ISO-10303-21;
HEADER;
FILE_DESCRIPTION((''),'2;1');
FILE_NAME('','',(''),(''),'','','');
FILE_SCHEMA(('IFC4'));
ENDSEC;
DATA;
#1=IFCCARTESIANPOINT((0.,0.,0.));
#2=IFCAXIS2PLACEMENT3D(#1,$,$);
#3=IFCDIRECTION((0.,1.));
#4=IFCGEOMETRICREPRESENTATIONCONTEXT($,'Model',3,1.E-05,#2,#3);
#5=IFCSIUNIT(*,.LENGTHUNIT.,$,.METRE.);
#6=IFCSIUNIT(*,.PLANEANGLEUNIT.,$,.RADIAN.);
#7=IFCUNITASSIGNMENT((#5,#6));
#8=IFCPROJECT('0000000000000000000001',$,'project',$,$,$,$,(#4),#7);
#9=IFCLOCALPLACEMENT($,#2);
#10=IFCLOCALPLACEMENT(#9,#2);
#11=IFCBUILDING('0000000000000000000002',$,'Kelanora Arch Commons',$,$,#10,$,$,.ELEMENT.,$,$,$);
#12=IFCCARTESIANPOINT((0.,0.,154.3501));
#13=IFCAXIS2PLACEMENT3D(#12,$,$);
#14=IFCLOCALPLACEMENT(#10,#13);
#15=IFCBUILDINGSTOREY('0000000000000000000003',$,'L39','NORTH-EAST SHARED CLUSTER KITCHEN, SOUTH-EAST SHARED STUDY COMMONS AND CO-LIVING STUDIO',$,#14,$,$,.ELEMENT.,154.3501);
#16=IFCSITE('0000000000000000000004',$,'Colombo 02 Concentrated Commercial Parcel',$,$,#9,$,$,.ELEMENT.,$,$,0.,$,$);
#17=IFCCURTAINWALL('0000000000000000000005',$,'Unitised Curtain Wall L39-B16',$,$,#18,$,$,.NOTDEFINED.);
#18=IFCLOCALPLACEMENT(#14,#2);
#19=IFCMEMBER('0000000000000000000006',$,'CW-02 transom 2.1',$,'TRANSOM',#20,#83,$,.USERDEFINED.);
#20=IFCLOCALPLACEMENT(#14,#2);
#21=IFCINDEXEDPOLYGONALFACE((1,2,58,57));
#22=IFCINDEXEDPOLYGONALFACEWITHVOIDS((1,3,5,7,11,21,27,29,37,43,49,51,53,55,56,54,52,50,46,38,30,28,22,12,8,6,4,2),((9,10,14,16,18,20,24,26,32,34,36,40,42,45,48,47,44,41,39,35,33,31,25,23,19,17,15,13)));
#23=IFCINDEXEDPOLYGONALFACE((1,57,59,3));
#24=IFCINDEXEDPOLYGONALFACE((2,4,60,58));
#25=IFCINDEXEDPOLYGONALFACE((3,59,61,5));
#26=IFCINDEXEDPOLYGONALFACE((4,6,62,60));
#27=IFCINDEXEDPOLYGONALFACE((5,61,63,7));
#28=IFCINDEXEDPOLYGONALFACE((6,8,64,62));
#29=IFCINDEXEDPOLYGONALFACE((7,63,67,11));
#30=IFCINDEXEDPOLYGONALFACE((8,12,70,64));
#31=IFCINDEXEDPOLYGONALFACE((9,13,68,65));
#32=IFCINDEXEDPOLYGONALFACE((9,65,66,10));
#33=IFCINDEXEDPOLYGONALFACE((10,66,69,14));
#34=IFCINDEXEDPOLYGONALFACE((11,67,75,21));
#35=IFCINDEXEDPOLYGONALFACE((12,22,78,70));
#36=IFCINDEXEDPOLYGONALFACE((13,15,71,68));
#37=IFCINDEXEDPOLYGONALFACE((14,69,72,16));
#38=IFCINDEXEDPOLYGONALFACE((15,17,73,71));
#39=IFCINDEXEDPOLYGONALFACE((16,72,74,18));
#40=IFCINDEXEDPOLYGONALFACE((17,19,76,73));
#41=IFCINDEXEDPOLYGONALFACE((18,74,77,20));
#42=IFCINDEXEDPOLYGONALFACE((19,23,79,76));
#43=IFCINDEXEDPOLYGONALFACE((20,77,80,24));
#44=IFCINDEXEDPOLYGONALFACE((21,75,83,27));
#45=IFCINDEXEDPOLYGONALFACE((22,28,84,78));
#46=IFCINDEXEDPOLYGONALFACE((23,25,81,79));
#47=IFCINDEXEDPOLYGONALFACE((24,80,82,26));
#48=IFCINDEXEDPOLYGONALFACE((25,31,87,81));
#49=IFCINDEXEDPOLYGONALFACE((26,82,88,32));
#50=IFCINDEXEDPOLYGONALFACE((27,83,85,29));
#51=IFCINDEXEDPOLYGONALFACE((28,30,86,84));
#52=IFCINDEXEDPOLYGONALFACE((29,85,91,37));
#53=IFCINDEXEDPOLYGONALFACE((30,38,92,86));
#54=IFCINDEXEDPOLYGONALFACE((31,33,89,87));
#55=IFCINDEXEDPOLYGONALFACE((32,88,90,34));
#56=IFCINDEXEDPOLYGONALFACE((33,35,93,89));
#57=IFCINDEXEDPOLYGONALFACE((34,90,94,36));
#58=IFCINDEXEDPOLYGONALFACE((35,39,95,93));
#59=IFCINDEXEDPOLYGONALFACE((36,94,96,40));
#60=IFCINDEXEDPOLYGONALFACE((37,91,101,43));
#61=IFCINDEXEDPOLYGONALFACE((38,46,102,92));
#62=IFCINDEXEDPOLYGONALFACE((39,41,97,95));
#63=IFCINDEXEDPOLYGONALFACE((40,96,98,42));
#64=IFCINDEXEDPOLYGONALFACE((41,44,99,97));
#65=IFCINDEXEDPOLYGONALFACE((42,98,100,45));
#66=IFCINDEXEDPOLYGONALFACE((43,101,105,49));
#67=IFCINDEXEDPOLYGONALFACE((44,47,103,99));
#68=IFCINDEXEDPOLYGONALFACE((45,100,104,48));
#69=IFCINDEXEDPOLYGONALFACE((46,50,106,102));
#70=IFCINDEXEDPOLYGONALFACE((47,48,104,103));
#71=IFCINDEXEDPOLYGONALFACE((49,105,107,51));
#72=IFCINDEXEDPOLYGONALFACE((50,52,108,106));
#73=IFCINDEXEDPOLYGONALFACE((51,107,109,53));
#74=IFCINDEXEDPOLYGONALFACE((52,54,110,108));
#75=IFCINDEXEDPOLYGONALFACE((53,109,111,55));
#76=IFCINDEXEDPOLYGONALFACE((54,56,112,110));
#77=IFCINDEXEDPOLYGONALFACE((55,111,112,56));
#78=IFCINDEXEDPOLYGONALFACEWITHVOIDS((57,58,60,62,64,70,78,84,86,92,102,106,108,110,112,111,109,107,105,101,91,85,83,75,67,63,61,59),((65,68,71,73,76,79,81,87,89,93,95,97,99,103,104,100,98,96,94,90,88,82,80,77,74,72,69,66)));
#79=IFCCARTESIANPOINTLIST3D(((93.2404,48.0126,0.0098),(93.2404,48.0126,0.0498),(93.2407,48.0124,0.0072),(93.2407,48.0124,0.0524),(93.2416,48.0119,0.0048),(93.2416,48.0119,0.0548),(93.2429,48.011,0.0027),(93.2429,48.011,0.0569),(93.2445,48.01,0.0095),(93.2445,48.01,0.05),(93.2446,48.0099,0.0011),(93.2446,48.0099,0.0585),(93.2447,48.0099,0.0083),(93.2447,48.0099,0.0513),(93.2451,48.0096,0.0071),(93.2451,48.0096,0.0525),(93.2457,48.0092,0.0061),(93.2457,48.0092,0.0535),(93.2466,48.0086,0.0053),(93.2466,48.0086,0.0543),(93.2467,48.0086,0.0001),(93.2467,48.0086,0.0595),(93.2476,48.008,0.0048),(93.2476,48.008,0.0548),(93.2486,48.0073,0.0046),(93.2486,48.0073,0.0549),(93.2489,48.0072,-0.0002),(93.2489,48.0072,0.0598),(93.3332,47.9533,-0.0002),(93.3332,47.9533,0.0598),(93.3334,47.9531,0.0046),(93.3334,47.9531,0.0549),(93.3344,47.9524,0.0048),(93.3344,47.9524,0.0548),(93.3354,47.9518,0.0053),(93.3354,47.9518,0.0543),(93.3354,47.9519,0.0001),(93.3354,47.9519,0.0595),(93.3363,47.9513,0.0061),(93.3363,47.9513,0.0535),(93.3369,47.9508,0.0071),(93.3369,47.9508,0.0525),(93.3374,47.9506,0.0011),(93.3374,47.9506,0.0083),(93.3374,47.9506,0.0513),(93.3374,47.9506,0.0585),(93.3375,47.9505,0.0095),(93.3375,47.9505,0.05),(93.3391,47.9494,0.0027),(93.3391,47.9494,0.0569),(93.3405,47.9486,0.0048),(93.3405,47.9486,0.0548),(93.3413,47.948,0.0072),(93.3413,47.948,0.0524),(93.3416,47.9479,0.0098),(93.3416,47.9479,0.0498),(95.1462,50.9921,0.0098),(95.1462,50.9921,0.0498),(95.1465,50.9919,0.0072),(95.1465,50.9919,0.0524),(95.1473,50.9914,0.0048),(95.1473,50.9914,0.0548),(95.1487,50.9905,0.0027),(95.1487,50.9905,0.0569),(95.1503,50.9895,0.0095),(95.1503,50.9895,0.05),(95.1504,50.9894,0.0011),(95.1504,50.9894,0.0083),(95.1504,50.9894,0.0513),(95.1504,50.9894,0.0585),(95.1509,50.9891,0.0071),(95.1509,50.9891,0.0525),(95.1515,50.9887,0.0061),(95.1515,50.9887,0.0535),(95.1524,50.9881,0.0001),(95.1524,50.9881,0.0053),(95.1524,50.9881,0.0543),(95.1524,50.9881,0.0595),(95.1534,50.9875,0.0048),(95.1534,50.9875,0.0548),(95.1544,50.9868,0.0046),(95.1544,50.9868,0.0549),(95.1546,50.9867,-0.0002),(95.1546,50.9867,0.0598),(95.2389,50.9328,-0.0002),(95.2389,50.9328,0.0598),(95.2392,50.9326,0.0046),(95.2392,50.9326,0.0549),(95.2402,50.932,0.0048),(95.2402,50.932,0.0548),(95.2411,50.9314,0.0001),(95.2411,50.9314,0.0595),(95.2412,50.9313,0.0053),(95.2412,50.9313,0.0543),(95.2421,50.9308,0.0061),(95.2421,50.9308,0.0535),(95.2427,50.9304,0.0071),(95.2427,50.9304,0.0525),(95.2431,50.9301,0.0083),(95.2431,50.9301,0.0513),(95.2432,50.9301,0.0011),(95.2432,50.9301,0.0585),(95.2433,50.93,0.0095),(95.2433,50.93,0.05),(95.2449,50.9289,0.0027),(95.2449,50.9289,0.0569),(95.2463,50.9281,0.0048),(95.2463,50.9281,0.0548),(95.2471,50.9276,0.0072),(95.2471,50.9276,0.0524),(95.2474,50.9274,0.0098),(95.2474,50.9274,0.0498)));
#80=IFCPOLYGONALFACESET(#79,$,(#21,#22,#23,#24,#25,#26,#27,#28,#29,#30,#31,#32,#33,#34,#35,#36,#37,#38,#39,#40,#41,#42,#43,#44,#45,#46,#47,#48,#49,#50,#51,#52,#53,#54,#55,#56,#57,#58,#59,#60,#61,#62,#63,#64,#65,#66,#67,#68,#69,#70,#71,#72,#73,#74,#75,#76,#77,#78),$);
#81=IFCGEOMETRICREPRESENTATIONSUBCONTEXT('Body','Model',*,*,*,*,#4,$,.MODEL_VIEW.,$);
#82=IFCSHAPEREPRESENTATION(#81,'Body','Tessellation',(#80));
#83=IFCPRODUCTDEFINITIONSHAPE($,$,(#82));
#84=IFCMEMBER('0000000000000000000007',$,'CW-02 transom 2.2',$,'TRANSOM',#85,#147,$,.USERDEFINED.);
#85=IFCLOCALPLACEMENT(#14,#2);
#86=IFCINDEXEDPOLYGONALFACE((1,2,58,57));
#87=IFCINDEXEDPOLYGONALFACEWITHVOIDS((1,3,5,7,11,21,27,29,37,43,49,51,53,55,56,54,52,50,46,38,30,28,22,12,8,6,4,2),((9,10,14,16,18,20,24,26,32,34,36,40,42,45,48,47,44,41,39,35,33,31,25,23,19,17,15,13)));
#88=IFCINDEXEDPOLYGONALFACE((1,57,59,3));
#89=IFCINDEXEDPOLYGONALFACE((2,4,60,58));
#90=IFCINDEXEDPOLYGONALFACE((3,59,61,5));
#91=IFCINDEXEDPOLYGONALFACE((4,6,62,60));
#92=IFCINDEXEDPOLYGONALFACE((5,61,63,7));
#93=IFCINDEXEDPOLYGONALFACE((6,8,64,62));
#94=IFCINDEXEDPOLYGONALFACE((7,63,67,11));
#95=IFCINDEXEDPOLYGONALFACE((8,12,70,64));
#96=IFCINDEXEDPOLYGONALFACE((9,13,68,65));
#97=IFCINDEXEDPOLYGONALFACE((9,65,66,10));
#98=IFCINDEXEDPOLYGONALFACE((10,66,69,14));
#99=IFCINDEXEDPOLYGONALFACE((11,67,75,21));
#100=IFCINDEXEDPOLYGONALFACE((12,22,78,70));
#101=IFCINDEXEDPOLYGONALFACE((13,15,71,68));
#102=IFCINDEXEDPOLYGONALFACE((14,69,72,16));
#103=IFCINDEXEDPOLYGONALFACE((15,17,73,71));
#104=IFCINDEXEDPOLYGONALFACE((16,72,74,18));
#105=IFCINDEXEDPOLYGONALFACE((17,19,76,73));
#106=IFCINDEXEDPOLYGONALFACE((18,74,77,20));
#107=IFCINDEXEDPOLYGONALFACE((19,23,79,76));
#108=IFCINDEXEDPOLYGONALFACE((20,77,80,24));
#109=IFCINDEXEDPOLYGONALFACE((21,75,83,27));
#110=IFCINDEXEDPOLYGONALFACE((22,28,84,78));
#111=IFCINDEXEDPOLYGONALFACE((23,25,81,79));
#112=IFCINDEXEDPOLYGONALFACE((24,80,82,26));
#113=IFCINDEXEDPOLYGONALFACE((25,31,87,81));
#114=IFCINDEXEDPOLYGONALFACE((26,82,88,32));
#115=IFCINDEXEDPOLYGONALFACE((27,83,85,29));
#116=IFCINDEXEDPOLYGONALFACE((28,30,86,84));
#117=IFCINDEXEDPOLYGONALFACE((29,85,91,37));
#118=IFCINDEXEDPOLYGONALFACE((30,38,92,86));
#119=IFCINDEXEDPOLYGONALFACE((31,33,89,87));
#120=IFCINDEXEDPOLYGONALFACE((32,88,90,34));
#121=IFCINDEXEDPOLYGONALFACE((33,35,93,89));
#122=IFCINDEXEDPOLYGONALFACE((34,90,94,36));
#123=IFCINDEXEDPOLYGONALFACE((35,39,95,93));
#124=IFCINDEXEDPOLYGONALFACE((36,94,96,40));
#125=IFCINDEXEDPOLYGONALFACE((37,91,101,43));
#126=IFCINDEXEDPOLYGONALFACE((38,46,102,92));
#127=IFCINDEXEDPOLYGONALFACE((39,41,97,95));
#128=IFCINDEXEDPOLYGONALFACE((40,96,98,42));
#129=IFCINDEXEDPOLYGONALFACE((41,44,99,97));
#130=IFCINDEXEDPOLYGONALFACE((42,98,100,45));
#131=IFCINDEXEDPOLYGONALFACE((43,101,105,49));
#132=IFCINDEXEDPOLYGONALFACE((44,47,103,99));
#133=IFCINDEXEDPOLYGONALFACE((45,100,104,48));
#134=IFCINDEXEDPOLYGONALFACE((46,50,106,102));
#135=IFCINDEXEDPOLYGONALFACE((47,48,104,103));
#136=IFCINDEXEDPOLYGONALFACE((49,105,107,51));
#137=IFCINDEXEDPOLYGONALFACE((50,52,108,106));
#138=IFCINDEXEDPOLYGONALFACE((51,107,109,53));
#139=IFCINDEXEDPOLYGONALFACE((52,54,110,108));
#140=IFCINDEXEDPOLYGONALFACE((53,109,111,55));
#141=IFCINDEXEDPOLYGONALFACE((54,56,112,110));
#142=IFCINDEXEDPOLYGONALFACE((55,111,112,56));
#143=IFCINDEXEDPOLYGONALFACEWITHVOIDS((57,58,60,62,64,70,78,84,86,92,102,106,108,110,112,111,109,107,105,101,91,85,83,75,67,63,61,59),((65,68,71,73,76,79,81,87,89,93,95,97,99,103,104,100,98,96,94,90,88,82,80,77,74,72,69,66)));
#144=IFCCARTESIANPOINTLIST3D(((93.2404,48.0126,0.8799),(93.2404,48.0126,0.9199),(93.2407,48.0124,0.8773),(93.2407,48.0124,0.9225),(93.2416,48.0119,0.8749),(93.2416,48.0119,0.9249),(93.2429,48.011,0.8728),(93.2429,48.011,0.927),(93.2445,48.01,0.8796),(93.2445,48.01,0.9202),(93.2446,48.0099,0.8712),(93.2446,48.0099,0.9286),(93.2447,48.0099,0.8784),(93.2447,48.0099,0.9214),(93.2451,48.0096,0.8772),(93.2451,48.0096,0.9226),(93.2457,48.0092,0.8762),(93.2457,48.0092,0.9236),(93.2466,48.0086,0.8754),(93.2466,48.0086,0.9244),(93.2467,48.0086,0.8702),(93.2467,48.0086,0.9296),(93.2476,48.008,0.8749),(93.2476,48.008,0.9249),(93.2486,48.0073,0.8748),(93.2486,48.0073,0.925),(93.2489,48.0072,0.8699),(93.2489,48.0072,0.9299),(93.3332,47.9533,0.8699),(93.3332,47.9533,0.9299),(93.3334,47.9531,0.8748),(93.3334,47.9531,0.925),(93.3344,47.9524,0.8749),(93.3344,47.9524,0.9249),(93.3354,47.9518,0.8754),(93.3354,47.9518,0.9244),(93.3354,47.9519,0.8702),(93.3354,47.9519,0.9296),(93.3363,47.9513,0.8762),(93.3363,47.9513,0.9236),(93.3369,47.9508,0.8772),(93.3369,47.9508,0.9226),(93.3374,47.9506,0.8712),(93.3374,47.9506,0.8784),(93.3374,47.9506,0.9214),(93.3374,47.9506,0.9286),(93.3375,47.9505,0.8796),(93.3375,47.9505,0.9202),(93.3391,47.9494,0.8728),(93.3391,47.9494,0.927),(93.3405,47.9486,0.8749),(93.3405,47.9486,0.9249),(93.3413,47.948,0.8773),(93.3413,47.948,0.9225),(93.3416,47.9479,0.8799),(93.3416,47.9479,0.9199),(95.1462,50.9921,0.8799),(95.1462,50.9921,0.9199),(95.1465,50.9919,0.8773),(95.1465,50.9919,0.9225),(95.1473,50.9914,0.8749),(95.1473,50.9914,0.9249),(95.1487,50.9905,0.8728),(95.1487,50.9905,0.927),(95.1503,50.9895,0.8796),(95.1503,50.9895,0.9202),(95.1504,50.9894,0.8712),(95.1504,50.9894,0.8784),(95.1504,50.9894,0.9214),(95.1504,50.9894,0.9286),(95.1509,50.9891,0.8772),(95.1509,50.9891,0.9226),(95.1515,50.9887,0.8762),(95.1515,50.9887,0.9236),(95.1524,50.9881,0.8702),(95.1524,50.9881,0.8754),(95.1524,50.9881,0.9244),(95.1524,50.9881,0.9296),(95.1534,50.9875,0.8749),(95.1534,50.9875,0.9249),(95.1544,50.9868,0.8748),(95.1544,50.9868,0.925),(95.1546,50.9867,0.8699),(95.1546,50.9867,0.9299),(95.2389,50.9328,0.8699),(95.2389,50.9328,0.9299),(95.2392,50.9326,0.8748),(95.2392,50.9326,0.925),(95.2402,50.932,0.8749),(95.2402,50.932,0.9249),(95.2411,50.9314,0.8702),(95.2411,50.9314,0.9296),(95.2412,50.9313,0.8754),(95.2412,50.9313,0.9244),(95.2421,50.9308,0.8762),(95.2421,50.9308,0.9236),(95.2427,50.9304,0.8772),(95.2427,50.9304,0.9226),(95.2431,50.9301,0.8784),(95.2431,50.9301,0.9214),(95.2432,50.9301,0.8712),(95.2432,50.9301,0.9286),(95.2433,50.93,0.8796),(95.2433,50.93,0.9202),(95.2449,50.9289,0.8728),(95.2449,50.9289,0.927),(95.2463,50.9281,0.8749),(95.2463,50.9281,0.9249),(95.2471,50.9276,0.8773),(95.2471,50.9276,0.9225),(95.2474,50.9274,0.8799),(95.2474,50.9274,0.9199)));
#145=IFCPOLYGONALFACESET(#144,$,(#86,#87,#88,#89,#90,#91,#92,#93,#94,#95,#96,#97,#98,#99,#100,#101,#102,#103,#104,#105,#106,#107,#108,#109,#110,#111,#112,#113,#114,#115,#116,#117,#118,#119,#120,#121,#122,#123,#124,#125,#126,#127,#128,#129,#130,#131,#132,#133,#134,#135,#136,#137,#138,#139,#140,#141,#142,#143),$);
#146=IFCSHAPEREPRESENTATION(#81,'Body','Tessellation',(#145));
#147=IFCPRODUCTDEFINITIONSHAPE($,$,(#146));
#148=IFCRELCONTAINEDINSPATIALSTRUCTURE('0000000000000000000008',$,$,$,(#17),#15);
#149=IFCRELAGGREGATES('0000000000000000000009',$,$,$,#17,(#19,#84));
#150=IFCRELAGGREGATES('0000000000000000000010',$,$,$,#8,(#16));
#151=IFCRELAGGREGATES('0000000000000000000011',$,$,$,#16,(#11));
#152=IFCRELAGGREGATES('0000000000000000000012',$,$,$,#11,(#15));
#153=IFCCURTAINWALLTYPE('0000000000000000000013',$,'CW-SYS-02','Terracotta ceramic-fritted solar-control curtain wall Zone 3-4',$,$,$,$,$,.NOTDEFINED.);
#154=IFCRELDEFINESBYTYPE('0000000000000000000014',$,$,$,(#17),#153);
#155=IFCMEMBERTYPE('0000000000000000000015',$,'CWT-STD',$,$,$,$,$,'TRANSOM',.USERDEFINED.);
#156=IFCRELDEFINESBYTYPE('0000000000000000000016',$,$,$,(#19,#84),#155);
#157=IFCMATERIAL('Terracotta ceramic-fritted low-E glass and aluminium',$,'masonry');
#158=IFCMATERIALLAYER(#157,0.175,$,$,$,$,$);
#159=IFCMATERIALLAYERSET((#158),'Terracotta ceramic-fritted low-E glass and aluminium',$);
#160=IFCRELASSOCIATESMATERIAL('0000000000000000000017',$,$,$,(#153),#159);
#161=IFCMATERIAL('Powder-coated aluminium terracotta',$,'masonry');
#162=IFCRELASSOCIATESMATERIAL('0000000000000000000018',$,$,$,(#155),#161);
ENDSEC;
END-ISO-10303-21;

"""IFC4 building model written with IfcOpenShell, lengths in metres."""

from ifc_helpers import new_model, si_unit, direction, frame, origin, origin_2d, place, context, subcontext, project, spatial, hollow_rectangle, extrude, material, layer, layer_set, material_profile, profile_set, type_object, element, aggregate, save


model = new_model("IFC4")

# Units and contexts
model_context = context("Model", 3, precision=1e-05, world=origin(), true_north=direction((0.0, 1.0)))
body_context = subcontext(model_context, "Body", "Model", "MODEL_VIEW")
ifc_project = project(units=[si_unit("LENGTHUNIT", "METRE"), si_unit("PLANEANGLEUNIT", "RADIAN")], contexts=[model_context])

# Site, building, storey
site_placement = place(None, origin())
site = spatial("IfcSite", under=ifc_project, at=site_placement, Name="Colombo 02 Concentrated Commercial Parcel", CompositionType="ELEMENT", RefElevation=0.0)
building_placement = place(site_placement, origin())
building = spatial("IfcBuilding", under=site, at=building_placement, Name="Kelanora Arch Commons", CompositionType="ELEMENT")
storey_placement = place(building_placement, frame((0.0, 0.0, 154.3501)))
storey = spatial("IfcBuildingStorey", under=building, at=storey_placement, Name="L39", Description="NORTH-EAST SHARED CLUSTER KITCHEN, SOUTH-EAST SHARED STUDY COMMONS AND CO-LIVING STUDIO", CompositionType="ELEMENT", Elevation=154.3501)

# Curtain wall, members
ifc_material_1 = material(Name="Terracotta ceramic-fritted low-E glass and aluminium", Category="masonry")
ifc_layer_1 = layer(ifc_material_1, 0.175)
ifc_layer_set_1 = layer_set([ifc_layer_1], Name="Terracotta ceramic-fritted low-E glass and aluminium")
curtain_wall_type = type_object("IfcCurtainWallType", Name="CW-SYS-02", Description="Terracotta ceramic-fritted solar-control curtain wall Zone 3-4", PredefinedType="NOTDEFINED", material=ifc_layer_set_1)
curtain_wall_placement = place(storey_placement, origin())
curtain_wall = element("IfcCurtainWall", 1, at=curtain_wall_placement, inside=storey, type_object=curtain_wall_type, Name="Unitised Curtain Wall L39-B16", PredefinedType="NOTDEFINED")
ifc_material_2 = material(Name="Powder-coated aluminium terracotta", Category="masonry")
ifc_material_profile_1 = material_profile(ifc_material_2, hollow_rectangle(XDim=0.1201, YDim=0.0601, WallThickness=0.0049, InnerFilletRadius=0.0049, OuterFilletRadius=0.01, at=origin_2d()), Name="CWT120x60")
ifc_profile_set_1 = profile_set([ifc_material_profile_1], Name="Powder-coated aluminium terracotta")
member_type_1 = type_object("IfcMemberType", Name="CWT-STD", ElementType="TRANSOM", PredefinedType="USERDEFINED", material=ifc_profile_set_1)
member_1_placement = place(storey_placement, frame((93.291, 47.9802, 0.0298), z_axis=(0.53883, 0.842414, 0.0), x_axis=(-0.842414, 0.53883, 0.0)))
member_1 = element("IfcMember", 2, at=member_1_placement, type_object=member_type_1, Name="CW-02 transom 2.1", ObjectType="TRANSOM", PredefinedType="USERDEFINED", context=body_context, shape_type="SweptSolid", body=[
    extrude(hollow_rectangle(XDim=0.1201, YDim=0.0601, WallThickness=0.0049, InnerFilletRadius=0.0049, OuterFilletRadius=0.01, at=origin_2d()), origin(), (0.0, 0.0, 1.0), 3.5369),
])
member_2_placement = place(storey_placement, frame((93.291, 47.9802, 0.8999), z_axis=(0.53883, 0.842414, 0.0), x_axis=(-0.842414, 0.53883, 0.0)))
member_2 = element("IfcMember", 3, at=member_2_placement, type_object=member_type_1, Name="CW-02 transom 2.2", ObjectType="TRANSOM", PredefinedType="USERDEFINED", context=body_context, shape_type="SweptSolid", body=[
    extrude(hollow_rectangle(XDim=0.1201, YDim=0.0601, WallThickness=0.0049, InnerFilletRadius=0.0049, OuterFilletRadius=0.01, at=origin_2d()), origin(), (0.0, 0.0, 1.0), 3.5369),
])
aggregate(curtain_wall, [member_1, member_2])

save(model, "model.ifc")
